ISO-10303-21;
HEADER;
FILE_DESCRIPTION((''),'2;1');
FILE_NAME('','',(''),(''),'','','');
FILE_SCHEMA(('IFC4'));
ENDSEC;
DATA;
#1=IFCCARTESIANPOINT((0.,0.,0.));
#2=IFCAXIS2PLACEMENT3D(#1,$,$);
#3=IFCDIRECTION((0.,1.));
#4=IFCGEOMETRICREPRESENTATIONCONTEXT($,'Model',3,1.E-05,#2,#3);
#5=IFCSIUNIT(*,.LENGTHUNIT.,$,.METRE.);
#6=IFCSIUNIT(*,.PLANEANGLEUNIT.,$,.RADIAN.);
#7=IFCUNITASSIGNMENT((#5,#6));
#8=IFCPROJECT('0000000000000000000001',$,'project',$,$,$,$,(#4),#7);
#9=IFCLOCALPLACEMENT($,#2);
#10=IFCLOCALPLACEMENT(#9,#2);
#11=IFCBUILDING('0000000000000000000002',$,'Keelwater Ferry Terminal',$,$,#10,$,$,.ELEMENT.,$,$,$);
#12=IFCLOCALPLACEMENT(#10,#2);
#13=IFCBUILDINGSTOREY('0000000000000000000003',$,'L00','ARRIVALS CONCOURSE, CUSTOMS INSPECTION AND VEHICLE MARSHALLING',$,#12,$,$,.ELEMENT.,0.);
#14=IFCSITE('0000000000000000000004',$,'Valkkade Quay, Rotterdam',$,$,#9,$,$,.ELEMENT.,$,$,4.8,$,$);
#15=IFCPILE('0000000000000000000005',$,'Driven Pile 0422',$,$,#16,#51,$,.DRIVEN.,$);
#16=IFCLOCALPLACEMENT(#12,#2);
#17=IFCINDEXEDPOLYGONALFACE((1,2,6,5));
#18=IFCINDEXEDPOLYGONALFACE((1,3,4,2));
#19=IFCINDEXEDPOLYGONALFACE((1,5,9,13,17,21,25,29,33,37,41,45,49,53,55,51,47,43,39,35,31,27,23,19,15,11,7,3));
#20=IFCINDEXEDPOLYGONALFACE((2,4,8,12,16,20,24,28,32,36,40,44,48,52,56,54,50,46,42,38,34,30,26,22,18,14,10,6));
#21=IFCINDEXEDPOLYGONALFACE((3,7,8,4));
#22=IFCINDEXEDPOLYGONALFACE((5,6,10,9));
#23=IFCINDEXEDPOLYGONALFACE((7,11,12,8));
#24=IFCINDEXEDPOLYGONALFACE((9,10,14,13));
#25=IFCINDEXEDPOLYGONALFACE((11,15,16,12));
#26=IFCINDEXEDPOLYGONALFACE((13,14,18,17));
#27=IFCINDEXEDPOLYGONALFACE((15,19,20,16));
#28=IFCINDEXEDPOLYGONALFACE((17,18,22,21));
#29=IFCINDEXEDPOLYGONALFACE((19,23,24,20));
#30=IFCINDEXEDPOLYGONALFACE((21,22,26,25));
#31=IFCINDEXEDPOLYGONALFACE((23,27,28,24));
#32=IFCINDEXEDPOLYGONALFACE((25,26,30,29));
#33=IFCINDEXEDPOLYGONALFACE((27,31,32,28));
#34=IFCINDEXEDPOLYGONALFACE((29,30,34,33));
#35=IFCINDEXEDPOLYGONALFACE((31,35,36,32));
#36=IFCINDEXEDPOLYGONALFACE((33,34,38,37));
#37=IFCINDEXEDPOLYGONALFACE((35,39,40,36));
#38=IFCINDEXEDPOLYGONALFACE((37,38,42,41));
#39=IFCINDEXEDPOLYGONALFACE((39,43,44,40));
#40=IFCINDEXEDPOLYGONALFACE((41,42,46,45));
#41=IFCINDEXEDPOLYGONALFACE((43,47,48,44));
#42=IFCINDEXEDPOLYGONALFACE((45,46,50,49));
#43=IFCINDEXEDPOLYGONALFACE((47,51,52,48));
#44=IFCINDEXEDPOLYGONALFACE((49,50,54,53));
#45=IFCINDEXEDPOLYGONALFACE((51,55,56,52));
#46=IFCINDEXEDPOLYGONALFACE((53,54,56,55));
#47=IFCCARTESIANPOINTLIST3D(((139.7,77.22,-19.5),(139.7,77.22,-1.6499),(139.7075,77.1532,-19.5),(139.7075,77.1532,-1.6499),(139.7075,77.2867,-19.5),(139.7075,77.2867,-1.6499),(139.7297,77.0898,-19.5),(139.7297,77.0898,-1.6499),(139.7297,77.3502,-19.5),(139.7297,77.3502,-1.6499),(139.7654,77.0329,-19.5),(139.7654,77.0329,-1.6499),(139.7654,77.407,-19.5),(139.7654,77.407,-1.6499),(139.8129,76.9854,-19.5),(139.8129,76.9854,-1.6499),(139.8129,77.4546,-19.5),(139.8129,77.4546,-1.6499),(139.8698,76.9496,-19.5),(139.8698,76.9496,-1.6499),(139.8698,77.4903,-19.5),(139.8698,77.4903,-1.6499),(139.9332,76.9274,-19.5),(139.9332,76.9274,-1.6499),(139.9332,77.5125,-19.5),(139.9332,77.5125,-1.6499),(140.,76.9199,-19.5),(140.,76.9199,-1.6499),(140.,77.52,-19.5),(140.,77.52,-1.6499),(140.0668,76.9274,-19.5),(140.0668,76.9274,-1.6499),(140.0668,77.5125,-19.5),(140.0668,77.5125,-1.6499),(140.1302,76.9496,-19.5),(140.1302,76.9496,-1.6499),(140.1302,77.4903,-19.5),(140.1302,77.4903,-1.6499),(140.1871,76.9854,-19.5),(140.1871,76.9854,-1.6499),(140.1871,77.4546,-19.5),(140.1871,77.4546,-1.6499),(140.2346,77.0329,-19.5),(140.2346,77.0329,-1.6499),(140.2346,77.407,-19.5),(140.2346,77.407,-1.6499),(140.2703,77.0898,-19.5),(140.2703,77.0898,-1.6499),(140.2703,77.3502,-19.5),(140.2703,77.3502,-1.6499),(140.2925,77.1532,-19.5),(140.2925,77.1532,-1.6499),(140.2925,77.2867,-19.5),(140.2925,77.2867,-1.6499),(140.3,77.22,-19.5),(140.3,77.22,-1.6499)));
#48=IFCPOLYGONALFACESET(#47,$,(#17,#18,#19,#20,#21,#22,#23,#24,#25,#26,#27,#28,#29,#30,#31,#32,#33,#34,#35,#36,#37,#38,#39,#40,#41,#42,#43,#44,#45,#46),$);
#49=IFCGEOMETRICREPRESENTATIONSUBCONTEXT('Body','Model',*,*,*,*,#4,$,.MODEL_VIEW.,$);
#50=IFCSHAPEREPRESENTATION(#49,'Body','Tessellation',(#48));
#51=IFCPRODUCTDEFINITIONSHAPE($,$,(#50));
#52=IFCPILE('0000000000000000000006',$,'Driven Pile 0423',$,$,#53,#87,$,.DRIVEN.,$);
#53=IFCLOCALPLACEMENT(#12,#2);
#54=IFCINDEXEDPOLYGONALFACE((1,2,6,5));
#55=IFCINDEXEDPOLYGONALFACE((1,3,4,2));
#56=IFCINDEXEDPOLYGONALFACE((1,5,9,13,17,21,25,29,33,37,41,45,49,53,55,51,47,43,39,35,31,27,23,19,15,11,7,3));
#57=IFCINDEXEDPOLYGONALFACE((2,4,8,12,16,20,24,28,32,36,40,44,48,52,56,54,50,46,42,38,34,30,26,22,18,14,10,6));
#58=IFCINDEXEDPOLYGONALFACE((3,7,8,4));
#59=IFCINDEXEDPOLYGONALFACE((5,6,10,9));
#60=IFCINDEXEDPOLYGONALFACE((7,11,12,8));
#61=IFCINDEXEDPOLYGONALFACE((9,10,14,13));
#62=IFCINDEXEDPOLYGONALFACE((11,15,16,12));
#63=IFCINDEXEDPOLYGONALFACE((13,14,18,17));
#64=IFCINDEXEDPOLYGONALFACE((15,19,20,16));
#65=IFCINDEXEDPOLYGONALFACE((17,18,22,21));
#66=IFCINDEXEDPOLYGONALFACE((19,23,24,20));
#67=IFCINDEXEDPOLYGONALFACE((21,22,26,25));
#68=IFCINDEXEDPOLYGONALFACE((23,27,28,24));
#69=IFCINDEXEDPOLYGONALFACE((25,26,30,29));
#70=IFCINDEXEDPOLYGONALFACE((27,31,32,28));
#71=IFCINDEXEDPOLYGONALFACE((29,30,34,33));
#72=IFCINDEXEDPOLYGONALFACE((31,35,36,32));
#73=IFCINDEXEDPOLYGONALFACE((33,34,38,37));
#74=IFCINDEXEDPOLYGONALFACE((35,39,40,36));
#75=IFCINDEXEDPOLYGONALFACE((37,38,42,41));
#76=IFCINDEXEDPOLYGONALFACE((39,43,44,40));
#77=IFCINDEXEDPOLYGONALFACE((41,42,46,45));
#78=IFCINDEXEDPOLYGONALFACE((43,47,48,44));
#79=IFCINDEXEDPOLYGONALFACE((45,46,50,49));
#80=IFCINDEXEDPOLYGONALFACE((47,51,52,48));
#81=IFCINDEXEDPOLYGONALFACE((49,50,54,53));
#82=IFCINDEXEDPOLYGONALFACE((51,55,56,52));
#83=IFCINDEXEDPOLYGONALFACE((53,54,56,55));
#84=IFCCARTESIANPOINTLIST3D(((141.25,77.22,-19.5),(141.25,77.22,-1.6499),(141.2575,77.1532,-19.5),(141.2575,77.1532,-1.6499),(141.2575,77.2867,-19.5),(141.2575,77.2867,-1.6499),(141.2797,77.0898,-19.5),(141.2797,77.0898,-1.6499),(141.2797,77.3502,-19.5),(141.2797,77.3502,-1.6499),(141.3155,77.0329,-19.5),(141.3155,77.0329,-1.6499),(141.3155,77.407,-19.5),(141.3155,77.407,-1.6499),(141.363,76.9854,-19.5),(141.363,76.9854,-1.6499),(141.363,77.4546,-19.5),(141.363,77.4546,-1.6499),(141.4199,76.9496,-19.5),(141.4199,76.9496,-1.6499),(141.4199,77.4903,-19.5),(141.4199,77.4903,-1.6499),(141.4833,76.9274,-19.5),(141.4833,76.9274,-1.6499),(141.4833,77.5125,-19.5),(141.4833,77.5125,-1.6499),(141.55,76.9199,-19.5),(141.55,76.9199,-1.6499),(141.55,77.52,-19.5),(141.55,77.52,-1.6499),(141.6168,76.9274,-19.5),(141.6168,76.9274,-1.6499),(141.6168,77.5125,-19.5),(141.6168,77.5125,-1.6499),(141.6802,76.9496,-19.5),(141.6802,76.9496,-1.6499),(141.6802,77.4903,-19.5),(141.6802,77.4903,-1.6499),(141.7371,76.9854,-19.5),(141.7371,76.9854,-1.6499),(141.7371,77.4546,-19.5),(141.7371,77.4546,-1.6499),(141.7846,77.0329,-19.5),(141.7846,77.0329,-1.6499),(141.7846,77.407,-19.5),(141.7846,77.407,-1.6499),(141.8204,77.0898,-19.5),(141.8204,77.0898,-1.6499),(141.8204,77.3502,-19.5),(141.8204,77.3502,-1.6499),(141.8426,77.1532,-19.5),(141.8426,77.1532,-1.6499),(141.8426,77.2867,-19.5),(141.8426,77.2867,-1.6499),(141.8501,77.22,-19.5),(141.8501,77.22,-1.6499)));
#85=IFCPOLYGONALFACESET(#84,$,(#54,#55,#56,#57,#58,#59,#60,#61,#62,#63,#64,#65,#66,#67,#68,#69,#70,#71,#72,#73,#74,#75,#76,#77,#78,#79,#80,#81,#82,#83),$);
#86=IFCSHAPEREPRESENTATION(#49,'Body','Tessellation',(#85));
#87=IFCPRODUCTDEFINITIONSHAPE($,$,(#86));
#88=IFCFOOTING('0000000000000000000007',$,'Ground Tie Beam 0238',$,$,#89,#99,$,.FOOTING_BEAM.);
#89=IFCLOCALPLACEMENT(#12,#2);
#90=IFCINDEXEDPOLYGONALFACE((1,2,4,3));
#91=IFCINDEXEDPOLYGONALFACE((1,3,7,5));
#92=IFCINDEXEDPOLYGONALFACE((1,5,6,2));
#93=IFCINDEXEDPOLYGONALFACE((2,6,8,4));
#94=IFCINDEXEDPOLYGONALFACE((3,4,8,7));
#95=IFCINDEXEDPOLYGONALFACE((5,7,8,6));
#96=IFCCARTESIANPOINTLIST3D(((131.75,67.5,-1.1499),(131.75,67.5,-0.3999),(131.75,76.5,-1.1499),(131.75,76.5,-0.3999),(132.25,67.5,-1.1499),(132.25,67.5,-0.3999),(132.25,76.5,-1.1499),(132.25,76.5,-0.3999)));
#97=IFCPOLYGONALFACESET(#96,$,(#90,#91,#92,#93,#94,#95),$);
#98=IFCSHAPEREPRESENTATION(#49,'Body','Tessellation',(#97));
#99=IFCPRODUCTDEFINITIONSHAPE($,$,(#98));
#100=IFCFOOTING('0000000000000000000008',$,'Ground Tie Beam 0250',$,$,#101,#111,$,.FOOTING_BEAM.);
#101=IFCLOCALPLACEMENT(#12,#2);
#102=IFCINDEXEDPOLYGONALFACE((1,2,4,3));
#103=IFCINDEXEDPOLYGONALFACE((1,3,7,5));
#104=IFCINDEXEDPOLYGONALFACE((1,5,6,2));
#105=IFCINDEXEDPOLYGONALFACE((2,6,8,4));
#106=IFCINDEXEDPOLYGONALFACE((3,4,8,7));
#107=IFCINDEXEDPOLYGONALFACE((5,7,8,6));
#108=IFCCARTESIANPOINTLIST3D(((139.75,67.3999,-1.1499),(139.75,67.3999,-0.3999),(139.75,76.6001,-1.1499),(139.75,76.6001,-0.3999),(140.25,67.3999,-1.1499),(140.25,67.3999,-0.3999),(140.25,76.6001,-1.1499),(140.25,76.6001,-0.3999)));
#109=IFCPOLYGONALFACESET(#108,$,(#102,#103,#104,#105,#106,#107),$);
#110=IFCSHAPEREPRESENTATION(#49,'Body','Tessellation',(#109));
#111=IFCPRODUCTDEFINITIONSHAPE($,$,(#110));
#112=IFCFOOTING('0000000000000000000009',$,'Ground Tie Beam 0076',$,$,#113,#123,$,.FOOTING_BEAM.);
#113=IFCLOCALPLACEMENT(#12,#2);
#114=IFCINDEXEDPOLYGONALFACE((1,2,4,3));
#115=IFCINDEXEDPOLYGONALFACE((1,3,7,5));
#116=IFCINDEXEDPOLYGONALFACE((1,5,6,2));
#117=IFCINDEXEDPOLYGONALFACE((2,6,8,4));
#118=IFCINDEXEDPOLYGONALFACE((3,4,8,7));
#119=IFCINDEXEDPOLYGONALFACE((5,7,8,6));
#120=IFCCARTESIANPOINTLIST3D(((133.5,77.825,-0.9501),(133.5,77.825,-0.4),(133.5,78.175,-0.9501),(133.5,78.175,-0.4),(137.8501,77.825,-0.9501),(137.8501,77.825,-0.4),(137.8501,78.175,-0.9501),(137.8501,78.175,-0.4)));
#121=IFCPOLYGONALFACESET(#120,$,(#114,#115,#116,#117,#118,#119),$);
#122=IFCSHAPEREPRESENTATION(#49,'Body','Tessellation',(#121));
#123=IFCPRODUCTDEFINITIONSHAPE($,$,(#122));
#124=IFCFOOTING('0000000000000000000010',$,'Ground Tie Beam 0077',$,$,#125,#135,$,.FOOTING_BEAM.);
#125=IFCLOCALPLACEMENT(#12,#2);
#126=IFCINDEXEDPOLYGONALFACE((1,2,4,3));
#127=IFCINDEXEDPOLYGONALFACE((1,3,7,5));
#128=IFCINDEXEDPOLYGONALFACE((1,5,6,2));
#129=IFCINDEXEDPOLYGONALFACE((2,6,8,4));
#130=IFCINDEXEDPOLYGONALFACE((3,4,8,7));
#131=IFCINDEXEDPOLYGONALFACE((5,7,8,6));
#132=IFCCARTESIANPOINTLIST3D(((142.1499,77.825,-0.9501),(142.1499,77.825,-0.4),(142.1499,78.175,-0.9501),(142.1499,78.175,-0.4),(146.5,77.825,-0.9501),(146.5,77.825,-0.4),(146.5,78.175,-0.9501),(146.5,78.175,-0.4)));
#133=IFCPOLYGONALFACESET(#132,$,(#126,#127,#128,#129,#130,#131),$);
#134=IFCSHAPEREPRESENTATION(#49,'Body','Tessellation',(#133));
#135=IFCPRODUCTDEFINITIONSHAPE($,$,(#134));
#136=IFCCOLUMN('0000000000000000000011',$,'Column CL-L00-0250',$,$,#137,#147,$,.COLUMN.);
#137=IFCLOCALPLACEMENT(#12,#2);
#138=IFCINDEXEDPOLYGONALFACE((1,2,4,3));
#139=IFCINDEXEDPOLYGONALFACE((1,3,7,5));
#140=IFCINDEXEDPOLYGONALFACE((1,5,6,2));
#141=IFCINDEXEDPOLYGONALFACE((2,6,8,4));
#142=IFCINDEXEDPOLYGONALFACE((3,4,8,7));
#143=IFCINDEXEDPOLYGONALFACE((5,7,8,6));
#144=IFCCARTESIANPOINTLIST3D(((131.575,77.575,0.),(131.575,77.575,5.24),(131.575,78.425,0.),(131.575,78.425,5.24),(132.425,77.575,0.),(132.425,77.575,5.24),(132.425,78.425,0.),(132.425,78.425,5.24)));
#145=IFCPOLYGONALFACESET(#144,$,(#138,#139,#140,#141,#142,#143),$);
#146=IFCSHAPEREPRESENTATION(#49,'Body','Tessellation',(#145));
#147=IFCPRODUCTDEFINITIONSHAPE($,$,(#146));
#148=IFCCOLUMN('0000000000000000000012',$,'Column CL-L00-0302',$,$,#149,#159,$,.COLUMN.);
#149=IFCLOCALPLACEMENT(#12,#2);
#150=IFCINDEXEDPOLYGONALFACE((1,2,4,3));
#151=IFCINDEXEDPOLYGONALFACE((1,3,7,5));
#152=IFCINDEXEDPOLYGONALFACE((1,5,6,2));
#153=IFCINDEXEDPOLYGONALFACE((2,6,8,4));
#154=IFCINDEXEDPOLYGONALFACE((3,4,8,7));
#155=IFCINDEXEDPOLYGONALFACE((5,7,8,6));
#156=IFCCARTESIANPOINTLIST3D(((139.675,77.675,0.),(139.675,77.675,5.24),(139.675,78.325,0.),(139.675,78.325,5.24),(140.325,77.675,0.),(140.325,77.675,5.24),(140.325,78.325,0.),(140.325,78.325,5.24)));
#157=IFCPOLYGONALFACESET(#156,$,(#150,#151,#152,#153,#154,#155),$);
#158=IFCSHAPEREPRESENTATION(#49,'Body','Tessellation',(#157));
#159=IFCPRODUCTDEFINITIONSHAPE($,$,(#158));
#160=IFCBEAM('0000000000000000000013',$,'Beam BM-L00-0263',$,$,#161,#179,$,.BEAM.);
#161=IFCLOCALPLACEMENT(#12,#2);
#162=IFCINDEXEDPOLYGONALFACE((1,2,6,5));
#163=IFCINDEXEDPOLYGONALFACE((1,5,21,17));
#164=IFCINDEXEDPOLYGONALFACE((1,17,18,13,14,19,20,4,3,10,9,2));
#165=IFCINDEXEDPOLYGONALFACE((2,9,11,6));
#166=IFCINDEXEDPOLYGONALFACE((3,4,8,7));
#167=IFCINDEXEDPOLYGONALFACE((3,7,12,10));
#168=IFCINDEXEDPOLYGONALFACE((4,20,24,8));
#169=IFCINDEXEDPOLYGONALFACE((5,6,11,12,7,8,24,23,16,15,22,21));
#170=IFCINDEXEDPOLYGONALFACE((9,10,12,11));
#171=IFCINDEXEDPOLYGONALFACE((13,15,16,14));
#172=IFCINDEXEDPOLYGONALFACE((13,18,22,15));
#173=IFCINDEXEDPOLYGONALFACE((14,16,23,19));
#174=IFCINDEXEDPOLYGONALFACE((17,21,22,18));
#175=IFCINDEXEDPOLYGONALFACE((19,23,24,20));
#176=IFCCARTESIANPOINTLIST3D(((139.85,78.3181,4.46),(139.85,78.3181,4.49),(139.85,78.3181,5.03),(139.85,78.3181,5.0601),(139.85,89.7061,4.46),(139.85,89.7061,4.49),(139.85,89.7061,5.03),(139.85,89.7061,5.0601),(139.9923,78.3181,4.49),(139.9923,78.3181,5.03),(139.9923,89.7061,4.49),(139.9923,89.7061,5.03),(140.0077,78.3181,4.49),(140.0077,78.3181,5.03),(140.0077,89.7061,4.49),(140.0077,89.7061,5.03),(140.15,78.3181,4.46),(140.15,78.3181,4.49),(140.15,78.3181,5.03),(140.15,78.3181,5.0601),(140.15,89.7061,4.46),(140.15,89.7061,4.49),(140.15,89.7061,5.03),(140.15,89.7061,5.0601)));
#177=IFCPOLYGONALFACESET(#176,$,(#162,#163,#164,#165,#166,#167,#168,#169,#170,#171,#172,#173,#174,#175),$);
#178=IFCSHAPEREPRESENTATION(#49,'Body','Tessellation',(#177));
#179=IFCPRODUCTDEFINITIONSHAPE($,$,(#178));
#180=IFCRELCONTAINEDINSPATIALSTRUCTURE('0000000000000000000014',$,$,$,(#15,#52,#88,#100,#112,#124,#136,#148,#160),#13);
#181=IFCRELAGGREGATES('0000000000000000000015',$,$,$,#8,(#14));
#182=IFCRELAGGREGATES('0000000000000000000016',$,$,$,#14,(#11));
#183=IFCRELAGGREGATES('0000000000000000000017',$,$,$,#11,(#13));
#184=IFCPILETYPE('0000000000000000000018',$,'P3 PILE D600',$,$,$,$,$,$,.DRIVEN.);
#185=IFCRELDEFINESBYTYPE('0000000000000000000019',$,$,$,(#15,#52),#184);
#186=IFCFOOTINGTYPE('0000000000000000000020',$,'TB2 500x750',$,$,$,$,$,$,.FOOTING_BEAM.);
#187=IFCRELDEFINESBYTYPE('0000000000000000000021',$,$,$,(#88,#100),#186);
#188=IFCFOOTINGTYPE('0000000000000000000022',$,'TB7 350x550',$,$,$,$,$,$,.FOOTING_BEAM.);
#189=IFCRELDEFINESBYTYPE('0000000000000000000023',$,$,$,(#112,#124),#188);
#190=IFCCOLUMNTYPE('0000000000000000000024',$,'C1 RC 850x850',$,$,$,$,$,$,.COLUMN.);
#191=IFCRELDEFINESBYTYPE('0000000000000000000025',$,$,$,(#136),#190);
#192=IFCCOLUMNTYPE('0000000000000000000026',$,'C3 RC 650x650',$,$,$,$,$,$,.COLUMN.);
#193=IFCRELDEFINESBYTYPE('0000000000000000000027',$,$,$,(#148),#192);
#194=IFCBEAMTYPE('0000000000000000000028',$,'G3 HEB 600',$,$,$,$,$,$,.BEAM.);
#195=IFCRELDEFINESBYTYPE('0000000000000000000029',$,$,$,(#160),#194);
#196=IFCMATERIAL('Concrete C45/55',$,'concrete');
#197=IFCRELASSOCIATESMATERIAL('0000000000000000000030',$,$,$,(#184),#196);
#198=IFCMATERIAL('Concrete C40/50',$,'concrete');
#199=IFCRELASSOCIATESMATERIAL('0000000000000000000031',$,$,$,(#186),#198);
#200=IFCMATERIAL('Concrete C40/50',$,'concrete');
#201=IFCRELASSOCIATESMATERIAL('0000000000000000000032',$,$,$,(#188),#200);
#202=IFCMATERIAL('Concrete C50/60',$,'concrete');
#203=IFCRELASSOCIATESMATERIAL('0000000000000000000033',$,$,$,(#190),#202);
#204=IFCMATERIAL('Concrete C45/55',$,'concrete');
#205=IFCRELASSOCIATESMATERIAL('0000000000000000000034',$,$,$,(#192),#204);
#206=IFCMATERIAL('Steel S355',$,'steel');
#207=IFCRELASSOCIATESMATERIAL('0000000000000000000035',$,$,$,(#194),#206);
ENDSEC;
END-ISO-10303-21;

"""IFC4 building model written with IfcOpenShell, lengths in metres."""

from ifc_helpers import new_model, si_unit, direction, frame, origin, origin_2d, place, context, subcontext, project, spatial, rectangle, circle, i_section, extrude, material, material_profile, profile_set, type_object, element, save


model = new_model("IFC4")

# Units and contexts
model_context = context("Model", 3, precision=1e-05, world=origin(), true_north=direction((0.0, 1.0)))
body_context = subcontext(model_context, "Body", "Model", "MODEL_VIEW")
ifc_project = project(units=[si_unit("LENGTHUNIT", "METRE"), si_unit("PLANEANGLEUNIT", "RADIAN")], contexts=[model_context])

# Site, building, storey
site_placement = place(None, origin())
site = spatial("IfcSite", under=ifc_project, at=site_placement, Name="Valkkade Quay, Rotterdam", CompositionType="ELEMENT", RefElevation=4.8)
building_placement = place(site_placement, origin())
building = spatial("IfcBuilding", under=site, at=building_placement, Name="Keelwater Ferry Terminal", CompositionType="ELEMENT")
storey_placement = place(building_placement, origin())
storey = spatial("IfcBuildingStorey", under=building, at=storey_placement, Name="L00", Description="ARRIVALS CONCOURSE, CUSTOMS INSPECTION AND VEHICLE MARSHALLING", CompositionType="ELEMENT", Elevation=0.0)

# Piles
ifc_material_1 = material(Name="Concrete C45/55", Category="concrete")
ifc_material_profile_1 = material_profile(ifc_material_1, circle(Radius=0.3, at=origin_2d()), Name="PILE D600")
ifc_profile_set_1 = profile_set([ifc_material_profile_1], Name="Concrete C45/55")
pile_type_1 = type_object("IfcPileType", Name="P3 PILE D600", PredefinedType="DRIVEN", material=ifc_profile_set_1)
for number, where, z_axis, x_axis, name in (
    (1, (140.0, 77.22, -1.6499), (0.0, 0.0, -1.0), (1.0, 0.0, 0.0), "Driven Pile 0422"),
    (2, (141.55, 77.22, -1.6499), (0.0, 0.0, -1.0), (1.0, 0.0, 0.0), "Driven Pile 0423"),
):
    element("IfcPile", number, at=place(storey_placement, frame(where, z_axis=z_axis, x_axis=x_axis)), inside=storey, type_object=pile_type_1, Name=name, PredefinedType="DRIVEN", context=body_context, shape_type="SweptSolid", body=[
        extrude(circle(Radius=0.3, at=origin_2d()), origin(), (0.0, 0.0, 1.0), 17.8501),
    ])

# Footings
ifc_material_2 = material(Name="Concrete C40/50", Category="concrete")
ifc_material_profile_2 = material_profile(ifc_material_2, rectangle(XDim=0.5, YDim=0.75, at=origin_2d()), Name="TB 500x750")
ifc_profile_set_2 = profile_set([ifc_material_profile_2], Name="Concrete C40/50")
footing_type_1 = type_object("IfcFootingType", Name="TB2 500x750", PredefinedType="FOOTING_BEAM", material=ifc_profile_set_2)
footing_1_placement = place(storey_placement, frame((132.0, 67.5, -0.7749), z_axis=(0.0, 1.0, 0.0), x_axis=(-1.0, 0.0, 0.0)))
element("IfcFooting", 3, at=footing_1_placement, inside=storey, type_object=footing_type_1, Name="Ground Tie Beam 0238", PredefinedType="FOOTING_BEAM", context=body_context, shape_type="SweptSolid", body=[
    extrude(rectangle(XDim=0.5, YDim=0.75, at=origin_2d()), origin(), (0.0, 0.0, 1.0), 9.0),
])
footing_2_placement = place(storey_placement, frame((140.0, 67.3999, -0.7749), z_axis=(0.0, 1.0, 0.0), x_axis=(-1.0, 0.0, 0.0)))
element("IfcFooting", 4, at=footing_2_placement, inside=storey, type_object=footing_type_1, Name="Ground Tie Beam 0250", PredefinedType="FOOTING_BEAM", context=body_context, shape_type="SweptSolid", body=[
    extrude(rectangle(XDim=0.5, YDim=0.75, at=origin_2d()), origin(), (0.0, 0.0, 1.0), 9.2002),
])
ifc_material_3 = material(Name="Concrete C40/50", Category="concrete")
ifc_material_profile_3 = material_profile(ifc_material_3, rectangle(XDim=0.3501, YDim=0.55, at=origin_2d()), Name="TB 350x550")
ifc_profile_set_3 = profile_set([ifc_material_profile_3], Name="Concrete C40/50")
footing_type_2 = type_object("IfcFootingType", Name="TB7 350x550", PredefinedType="FOOTING_BEAM", material=ifc_profile_set_3)
for number, where, z_axis, x_axis, name in (
    (5, (133.5, 78.0, -0.675), (1.0, 0.0, 0.0), (0.0, 1.0, 0.0), "Ground Tie Beam 0076"),
    (6, (142.1499, 78.0, -0.675), (1.0, 0.0, 0.0), (0.0, 1.0, 0.0), "Ground Tie Beam 0077"),
):
    element("IfcFooting", number, at=place(storey_placement, frame(where, z_axis=z_axis, x_axis=x_axis)), inside=storey, type_object=footing_type_2, Name=name, PredefinedType="FOOTING_BEAM", context=body_context, shape_type="SweptSolid", body=[
        extrude(rectangle(XDim=0.3501, YDim=0.55, at=origin_2d()), origin(), (0.0, 0.0, 1.0), 4.3501),
    ])

# Columns
ifc_material_4 = material(Name="Concrete C50/60", Category="concrete")
ifc_material_profile_4 = material_profile(ifc_material_4, rectangle(XDim=0.8501, YDim=0.8501, at=origin_2d()), Name="RC 850x850")
ifc_profile_set_4 = profile_set([ifc_material_profile_4], Name="Concrete C50/60")
column_type_1 = type_object("IfcColumnType", Name="C1 RC 850x850", PredefinedType="COLUMN", material=ifc_profile_set_4)
column_1_placement = place(storey_placement, frame((132.0, 78.0, 0.0), z_axis=(0.0, 0.0, 1.0), x_axis=(1.0, 0.0, 0.0)))
element("IfcColumn", 7, at=column_1_placement, inside=storey, type_object=column_type_1, Name="Column CL-L00-0250", PredefinedType="COLUMN", context=body_context, shape_type="SweptSolid", body=[
    extrude(rectangle(XDim=0.8501, YDim=0.8501, at=origin_2d()), origin(), (0.0, 0.0, 1.0), 5.24),
])
ifc_material_5 = material(Name="Concrete C45/55", Category="concrete")
ifc_material_profile_5 = material_profile(ifc_material_5, rectangle(XDim=0.6499, YDim=0.6499, at=origin_2d()), Name="RC 650x650")
ifc_profile_set_5 = profile_set([ifc_material_profile_5], Name="Concrete C45/55")
column_type_2 = type_object("IfcColumnType", Name="C3 RC 650x650", PredefinedType="COLUMN", material=ifc_profile_set_5)
column_2_placement = place(storey_placement, frame((140.0, 78.0, 0.0), z_axis=(0.0, 0.0, 1.0), x_axis=(1.0, 0.0, 0.0)))
element("IfcColumn", 8, at=column_2_placement, inside=storey, type_object=column_type_2, Name="Column CL-L00-0302", PredefinedType="COLUMN", context=body_context, shape_type="SweptSolid", body=[
    extrude(rectangle(XDim=0.6499, YDim=0.6499, at=origin_2d()), origin(), (0.0, 0.0, 1.0), 5.24),
])

# Beam
ifc_material_6 = material(Name="Steel S355", Category="steel")
ifc_material_profile_6 = material_profile(ifc_material_6, i_section(OverallWidth=0.3, OverallDepth=0.6001, WebThickness=0.0154, FlangeThickness=0.03, at=origin_2d()), Name="HEB 600")
ifc_profile_set_6 = profile_set([ifc_material_profile_6], Name="Steel S355")
beam_type_1 = type_object("IfcBeamType", Name="G3 HEB 600", PredefinedType="BEAM", material=ifc_profile_set_6)
beam_1_placement = place(storey_placement, frame((140.0, 78.3181, 4.76), z_axis=(0.0, 1.0, 0.0), x_axis=(-1.0, 0.0, 0.0)))
element("IfcBeam", 9, at=beam_1_placement, inside=storey, type_object=beam_type_1, Name="Beam BM-L00-0263", PredefinedType="BEAM", context=body_context, shape_type="SweptSolid", body=[
    extrude(i_section(OverallWidth=0.3, OverallDepth=0.6001, WebThickness=0.0154, FlangeThickness=0.03, at=origin_2d()), origin(), (0.0, 0.0, 1.0), 11.3879),
])

save(model, "model.ifc")
